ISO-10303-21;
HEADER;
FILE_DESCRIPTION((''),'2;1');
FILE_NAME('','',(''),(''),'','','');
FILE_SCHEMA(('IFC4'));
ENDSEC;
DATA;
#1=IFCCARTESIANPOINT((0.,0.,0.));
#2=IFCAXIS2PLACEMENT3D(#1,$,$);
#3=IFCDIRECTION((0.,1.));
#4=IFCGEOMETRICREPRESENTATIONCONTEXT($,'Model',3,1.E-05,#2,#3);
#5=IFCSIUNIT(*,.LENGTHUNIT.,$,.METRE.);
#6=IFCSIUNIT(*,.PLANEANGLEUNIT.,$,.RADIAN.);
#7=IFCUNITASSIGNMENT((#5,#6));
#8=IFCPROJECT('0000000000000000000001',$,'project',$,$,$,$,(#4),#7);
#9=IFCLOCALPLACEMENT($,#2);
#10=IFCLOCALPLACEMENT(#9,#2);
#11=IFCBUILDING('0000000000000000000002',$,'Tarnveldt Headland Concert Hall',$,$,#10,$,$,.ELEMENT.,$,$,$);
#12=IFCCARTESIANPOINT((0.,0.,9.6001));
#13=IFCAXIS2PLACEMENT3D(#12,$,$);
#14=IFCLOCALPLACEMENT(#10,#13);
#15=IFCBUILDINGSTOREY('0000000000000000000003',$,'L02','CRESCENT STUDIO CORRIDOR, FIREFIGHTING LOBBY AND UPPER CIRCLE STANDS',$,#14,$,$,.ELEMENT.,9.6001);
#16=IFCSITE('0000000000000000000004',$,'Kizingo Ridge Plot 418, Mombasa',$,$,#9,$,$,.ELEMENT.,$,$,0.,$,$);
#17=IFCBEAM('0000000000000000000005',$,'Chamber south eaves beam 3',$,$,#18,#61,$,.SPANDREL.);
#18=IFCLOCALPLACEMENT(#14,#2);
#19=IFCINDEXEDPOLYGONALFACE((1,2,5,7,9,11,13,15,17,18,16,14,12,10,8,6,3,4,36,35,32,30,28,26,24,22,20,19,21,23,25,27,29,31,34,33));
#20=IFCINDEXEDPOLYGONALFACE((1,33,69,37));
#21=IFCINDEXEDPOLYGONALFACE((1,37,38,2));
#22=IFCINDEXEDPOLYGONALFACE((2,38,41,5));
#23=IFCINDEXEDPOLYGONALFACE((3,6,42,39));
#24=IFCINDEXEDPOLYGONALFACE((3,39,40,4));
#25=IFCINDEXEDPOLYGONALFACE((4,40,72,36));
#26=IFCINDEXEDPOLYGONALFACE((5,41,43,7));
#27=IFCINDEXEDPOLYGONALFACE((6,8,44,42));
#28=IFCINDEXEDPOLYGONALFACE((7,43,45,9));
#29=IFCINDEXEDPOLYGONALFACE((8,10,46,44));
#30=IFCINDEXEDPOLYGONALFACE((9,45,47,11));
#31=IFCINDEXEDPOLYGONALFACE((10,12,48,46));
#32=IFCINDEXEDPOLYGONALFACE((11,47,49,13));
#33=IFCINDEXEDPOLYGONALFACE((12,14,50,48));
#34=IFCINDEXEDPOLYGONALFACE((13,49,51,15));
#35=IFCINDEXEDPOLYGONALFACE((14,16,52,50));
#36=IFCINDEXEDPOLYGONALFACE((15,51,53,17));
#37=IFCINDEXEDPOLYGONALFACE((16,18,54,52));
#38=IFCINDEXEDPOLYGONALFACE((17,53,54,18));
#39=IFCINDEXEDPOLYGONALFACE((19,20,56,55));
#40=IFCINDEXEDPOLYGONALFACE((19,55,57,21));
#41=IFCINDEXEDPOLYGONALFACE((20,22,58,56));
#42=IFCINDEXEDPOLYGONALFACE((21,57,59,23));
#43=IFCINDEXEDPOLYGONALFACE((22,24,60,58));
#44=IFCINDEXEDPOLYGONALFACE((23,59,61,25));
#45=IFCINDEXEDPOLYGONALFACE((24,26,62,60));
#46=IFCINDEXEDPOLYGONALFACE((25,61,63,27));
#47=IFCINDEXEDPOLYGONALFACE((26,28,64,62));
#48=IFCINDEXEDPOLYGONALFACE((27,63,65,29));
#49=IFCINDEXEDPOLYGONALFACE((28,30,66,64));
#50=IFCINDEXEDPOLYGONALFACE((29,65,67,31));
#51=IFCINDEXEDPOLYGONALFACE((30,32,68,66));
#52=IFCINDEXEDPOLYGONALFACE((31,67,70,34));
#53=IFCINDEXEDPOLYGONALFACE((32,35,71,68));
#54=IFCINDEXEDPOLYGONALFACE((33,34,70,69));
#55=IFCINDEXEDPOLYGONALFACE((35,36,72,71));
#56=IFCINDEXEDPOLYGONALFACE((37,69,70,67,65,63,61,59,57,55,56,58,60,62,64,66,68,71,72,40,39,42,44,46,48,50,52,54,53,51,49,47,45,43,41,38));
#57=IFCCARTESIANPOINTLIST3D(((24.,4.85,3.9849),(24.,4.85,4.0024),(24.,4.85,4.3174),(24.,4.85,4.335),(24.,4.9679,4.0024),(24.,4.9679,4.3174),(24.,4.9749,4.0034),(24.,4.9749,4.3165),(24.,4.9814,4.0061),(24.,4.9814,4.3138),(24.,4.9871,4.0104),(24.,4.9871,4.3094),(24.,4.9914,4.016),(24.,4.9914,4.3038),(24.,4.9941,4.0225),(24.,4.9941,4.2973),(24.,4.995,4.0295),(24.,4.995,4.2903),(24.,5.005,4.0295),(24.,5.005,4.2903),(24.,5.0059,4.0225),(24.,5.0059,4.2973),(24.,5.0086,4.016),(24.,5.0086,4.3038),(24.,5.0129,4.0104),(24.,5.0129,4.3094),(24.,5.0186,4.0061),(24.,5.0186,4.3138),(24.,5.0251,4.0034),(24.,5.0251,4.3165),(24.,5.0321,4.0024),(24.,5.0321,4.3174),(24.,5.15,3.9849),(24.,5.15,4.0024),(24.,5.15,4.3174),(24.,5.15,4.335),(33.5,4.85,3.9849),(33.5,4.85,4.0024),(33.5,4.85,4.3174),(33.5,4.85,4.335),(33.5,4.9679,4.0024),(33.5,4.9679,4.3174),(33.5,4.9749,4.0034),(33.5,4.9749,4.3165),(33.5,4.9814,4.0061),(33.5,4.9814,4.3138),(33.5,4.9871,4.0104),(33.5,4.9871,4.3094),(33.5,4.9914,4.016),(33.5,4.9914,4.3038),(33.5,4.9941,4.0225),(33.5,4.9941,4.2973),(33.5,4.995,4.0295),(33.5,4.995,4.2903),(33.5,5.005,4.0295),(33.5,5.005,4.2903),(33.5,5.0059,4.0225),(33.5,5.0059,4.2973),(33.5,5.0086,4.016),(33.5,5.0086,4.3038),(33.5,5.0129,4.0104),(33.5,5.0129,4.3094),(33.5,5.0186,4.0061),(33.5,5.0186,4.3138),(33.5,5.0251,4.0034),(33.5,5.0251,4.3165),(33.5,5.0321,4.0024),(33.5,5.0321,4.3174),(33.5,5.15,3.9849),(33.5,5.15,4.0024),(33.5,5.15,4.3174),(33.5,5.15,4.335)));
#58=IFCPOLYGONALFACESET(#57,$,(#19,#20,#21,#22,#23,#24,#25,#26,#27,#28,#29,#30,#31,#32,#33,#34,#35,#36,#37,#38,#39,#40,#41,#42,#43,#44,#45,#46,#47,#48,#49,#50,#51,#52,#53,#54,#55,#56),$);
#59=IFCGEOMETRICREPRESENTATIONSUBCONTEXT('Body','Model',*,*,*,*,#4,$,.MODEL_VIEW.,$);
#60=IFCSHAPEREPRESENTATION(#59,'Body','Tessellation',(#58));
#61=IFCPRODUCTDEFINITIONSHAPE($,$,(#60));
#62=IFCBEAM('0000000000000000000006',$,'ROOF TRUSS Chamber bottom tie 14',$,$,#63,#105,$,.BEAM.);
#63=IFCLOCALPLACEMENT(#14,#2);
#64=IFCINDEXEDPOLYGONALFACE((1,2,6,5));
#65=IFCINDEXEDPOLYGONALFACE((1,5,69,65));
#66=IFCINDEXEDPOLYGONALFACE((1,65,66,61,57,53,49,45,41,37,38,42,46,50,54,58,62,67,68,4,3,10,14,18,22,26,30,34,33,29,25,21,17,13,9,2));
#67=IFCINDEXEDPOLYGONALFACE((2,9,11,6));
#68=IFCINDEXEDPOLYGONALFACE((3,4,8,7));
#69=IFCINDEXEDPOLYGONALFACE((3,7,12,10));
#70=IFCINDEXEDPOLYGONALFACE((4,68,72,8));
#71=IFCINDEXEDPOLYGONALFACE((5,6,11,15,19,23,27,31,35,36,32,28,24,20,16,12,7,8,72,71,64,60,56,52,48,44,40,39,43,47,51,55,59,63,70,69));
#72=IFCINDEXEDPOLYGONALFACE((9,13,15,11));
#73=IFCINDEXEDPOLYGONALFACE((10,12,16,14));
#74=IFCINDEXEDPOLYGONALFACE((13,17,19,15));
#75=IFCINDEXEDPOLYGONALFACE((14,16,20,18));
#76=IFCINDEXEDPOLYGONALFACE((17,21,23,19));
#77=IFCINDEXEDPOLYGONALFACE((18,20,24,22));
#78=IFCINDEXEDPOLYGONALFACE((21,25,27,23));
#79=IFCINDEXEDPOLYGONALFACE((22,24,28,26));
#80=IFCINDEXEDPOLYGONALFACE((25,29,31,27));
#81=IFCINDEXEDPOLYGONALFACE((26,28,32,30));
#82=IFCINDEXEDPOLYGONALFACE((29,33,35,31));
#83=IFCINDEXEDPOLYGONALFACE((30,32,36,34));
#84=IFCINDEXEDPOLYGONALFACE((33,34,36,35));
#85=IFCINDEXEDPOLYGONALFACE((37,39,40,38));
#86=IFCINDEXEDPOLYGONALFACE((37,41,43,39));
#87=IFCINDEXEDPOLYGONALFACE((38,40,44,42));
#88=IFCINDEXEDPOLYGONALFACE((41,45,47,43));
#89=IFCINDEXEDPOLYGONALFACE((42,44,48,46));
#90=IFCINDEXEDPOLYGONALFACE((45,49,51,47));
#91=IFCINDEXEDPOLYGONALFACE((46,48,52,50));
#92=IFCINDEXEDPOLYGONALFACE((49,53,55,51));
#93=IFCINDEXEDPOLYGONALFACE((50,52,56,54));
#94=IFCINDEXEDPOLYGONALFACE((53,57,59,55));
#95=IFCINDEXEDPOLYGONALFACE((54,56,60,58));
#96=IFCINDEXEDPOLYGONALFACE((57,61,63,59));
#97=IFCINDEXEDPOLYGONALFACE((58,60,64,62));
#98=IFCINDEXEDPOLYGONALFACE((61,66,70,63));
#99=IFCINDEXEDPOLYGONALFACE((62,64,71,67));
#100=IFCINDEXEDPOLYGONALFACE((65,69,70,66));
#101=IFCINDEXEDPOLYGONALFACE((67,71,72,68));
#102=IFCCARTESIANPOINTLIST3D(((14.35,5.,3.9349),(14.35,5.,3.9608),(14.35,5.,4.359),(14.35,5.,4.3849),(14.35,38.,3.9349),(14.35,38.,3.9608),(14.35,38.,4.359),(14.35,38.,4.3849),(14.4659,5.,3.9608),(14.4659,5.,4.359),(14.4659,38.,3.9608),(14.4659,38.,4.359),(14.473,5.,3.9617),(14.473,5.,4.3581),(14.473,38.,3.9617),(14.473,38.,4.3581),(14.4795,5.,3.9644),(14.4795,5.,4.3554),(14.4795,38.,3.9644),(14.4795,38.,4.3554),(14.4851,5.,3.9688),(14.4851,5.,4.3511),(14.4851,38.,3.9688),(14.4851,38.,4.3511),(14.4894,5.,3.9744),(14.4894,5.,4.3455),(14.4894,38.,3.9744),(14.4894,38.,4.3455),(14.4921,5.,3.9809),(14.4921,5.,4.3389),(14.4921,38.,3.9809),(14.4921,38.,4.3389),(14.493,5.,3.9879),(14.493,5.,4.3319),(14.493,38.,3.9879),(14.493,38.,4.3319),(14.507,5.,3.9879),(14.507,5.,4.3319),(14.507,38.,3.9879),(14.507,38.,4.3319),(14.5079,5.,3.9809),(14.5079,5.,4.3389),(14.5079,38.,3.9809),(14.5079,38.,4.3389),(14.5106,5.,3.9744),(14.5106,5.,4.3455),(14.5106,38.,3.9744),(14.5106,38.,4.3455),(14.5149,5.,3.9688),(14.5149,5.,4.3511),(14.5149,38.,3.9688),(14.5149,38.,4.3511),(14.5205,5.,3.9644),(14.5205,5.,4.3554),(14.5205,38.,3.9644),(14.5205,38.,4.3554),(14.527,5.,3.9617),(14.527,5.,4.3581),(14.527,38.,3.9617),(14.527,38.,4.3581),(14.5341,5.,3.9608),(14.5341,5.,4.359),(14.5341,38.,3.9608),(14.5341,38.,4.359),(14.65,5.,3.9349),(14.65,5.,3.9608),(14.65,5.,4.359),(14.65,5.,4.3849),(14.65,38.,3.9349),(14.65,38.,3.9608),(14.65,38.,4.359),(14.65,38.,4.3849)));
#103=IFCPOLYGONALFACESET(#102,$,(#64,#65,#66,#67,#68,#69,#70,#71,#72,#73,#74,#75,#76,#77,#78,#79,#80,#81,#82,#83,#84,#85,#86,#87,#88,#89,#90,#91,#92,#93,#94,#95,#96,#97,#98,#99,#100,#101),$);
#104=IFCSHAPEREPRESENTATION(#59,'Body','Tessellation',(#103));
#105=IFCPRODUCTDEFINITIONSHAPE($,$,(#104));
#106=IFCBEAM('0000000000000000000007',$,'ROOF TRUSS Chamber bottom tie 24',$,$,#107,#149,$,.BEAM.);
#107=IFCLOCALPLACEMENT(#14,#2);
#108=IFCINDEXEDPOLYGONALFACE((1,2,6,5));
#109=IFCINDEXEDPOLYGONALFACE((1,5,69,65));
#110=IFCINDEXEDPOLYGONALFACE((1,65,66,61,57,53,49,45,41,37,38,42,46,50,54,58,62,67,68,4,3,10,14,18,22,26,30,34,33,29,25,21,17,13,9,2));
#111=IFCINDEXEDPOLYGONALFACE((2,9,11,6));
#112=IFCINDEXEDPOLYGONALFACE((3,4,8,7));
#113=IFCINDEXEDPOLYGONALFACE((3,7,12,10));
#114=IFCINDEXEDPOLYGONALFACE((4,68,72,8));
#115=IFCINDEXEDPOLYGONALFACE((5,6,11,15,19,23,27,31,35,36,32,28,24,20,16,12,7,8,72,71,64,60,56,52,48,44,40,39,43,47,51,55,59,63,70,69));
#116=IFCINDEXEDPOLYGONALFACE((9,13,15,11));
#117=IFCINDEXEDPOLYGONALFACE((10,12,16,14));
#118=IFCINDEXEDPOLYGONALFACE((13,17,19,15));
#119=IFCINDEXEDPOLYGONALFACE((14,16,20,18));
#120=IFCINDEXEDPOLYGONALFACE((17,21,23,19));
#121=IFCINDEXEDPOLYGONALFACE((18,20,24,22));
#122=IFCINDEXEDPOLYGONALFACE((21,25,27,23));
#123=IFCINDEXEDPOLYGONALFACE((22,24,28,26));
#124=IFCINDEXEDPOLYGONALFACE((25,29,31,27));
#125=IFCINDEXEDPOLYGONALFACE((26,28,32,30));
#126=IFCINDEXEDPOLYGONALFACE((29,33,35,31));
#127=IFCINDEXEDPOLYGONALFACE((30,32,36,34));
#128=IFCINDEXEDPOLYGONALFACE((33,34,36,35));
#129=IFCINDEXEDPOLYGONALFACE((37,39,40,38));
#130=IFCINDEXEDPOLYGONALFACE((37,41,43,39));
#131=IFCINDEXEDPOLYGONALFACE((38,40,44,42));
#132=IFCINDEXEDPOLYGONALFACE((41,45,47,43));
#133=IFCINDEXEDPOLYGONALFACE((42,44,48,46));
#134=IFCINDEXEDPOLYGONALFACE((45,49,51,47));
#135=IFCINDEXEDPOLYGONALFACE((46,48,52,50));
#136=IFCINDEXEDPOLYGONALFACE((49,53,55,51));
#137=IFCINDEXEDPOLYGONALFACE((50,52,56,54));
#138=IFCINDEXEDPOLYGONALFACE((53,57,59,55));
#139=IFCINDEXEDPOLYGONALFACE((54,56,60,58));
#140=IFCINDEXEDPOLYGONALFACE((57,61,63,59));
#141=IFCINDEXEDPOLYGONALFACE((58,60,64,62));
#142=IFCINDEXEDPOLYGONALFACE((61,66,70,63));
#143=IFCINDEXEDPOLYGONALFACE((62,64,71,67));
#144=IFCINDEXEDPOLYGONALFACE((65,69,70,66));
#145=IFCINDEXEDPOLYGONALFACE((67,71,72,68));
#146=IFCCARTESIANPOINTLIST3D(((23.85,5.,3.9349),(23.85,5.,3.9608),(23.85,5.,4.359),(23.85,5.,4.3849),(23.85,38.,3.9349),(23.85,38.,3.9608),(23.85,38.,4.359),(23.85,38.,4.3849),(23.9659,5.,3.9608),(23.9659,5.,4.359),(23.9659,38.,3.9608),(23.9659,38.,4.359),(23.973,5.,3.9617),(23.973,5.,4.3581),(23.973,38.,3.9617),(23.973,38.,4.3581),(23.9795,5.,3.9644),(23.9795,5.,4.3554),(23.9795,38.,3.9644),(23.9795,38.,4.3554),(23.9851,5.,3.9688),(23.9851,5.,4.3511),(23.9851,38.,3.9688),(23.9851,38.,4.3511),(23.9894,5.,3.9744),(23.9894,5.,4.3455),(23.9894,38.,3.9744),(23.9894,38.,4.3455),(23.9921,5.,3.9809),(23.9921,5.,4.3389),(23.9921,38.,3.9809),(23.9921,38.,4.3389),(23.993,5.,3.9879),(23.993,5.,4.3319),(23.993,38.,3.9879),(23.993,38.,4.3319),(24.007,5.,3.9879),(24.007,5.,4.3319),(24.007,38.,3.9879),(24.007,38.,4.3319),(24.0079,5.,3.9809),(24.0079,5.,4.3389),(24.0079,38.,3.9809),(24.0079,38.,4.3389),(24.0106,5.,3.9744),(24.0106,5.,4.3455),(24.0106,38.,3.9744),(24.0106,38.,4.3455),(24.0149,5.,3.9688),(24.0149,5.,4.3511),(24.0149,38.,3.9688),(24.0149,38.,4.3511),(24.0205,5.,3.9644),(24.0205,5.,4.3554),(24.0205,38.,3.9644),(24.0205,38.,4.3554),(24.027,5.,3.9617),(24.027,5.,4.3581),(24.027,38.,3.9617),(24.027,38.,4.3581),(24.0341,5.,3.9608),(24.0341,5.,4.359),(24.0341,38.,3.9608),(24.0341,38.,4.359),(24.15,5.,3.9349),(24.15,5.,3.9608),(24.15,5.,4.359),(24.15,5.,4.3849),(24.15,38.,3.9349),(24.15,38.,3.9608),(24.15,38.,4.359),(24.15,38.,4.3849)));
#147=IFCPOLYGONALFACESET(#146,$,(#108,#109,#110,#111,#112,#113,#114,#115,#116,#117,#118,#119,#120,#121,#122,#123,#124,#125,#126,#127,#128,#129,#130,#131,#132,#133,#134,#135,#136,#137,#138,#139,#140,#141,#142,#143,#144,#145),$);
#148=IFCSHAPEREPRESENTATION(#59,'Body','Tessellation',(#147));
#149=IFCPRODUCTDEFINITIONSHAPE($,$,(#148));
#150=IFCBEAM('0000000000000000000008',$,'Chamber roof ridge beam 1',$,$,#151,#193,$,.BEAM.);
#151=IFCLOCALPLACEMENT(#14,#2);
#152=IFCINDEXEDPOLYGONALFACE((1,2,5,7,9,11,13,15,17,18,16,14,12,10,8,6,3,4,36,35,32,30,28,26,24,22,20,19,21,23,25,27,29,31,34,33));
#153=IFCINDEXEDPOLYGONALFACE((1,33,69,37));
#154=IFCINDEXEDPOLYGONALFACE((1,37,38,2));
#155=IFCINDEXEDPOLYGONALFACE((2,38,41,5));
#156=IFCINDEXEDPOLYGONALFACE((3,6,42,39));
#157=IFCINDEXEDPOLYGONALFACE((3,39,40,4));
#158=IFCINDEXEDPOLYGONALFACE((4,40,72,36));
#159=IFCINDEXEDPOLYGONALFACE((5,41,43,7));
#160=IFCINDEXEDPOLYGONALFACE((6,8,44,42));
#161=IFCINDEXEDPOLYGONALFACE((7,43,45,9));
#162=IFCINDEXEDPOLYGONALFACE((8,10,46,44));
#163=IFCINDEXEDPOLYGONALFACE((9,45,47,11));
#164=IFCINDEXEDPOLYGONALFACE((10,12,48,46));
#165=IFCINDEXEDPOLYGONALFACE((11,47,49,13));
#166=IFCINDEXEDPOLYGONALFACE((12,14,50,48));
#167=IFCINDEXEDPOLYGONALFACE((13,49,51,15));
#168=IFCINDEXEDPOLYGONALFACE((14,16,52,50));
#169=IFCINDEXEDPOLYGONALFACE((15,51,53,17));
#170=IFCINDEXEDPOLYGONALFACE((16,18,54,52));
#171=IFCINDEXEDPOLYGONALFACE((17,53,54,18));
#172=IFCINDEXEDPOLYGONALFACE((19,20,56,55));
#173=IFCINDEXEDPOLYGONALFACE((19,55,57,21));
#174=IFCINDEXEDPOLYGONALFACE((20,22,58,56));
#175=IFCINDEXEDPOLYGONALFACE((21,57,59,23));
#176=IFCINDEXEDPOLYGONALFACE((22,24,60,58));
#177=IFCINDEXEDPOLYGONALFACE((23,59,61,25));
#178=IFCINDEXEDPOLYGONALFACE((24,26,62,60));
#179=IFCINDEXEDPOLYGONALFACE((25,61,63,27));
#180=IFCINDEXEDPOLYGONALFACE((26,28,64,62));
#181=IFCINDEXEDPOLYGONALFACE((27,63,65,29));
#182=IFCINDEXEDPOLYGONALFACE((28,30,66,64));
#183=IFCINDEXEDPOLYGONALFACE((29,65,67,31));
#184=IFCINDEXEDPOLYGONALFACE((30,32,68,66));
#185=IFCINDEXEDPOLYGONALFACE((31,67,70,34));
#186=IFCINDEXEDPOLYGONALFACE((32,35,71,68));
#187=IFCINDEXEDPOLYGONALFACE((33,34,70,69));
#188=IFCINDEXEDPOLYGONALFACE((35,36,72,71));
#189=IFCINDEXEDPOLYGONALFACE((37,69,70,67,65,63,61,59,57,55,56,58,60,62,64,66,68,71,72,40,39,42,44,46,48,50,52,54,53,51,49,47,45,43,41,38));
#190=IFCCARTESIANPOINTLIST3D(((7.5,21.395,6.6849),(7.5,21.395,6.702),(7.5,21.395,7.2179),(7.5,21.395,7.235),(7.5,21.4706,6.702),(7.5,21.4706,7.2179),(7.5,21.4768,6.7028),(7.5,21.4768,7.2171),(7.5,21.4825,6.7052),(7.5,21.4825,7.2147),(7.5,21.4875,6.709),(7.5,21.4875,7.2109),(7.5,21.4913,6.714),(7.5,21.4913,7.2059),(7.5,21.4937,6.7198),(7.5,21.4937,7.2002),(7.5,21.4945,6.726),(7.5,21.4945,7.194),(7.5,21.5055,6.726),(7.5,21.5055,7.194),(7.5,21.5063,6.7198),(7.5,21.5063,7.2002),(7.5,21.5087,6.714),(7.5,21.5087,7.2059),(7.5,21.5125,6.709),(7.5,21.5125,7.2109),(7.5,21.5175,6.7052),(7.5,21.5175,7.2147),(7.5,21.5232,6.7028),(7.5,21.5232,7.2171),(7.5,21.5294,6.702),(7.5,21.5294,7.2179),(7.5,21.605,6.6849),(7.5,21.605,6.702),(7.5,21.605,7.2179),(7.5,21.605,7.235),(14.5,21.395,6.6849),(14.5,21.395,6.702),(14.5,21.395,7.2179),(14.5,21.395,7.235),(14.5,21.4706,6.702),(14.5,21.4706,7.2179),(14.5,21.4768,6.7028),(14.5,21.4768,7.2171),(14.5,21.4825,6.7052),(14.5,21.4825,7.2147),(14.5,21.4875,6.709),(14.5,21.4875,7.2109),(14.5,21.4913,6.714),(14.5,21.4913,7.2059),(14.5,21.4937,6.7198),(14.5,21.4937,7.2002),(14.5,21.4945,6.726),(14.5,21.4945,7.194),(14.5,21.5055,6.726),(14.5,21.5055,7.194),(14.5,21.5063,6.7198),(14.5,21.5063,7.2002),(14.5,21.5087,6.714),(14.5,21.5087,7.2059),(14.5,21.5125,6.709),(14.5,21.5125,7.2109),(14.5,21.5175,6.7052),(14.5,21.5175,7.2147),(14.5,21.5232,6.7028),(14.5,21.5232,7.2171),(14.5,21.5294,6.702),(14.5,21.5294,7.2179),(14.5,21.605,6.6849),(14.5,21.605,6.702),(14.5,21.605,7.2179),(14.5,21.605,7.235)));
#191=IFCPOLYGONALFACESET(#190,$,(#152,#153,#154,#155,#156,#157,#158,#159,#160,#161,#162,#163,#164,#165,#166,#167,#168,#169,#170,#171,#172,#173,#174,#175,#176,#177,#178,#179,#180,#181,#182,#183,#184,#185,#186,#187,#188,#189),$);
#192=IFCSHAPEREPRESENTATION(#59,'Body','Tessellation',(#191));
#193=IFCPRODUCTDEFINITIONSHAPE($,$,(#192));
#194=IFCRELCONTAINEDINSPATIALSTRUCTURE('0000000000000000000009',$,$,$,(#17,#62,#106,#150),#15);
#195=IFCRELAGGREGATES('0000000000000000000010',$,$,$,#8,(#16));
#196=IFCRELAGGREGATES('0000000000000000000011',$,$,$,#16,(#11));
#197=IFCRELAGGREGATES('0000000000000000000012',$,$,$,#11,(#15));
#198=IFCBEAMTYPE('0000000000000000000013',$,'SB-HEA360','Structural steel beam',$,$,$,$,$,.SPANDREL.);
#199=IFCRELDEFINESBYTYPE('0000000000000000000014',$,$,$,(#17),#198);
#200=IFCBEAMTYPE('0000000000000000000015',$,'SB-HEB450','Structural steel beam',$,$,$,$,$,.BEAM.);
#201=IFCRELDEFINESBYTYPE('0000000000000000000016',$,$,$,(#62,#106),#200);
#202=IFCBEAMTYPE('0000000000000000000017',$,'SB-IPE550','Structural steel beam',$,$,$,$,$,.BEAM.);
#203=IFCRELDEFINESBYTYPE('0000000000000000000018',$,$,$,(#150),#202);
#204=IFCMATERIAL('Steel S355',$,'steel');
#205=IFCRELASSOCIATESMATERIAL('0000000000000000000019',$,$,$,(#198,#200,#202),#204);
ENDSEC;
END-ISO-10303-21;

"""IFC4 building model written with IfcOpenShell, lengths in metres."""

from ifc_helpers import new_model, si_unit, direction, frame, origin, origin_2d, place, context, subcontext, project, spatial, i_section, extrude, material, material_profile, profile_set, type_object, element, save


model = new_model("IFC4")

# Units and contexts
model_context = context("Model", 3, precision=1e-05, world=origin(), true_north=direction((0.0, 1.0)))
body_context = subcontext(model_context, "Body", "Model", "MODEL_VIEW")
ifc_project = project(units=[si_unit("LENGTHUNIT", "METRE"), si_unit("PLANEANGLEUNIT", "RADIAN")], contexts=[model_context])

# Site, building, storey
site_placement = place(None, origin())
site = spatial("IfcSite", under=ifc_project, at=site_placement, Name="Kizingo Ridge Plot 418, Mombasa", CompositionType="ELEMENT", RefElevation=0.0)
building_placement = place(site_placement, origin())
building = spatial("IfcBuilding", under=site, at=building_placement, Name="Tarnveldt Headland Concert Hall", CompositionType="ELEMENT")
storey_placement = place(building_placement, frame((0.0, 0.0, 9.6001)))
storey = spatial("IfcBuildingStorey", under=building, at=storey_placement, Name="L02", Description="CRESCENT STUDIO CORRIDOR, FIREFIGHTING LOBBY AND UPPER CIRCLE STANDS", CompositionType="ELEMENT", Elevation=9.6001)

# Shared definitions
ifc_material_1 = material(Name="Steel S355", Category="steel")

# Beams
ifc_material_profile_1 = material_profile(ifc_material_1, i_section(OverallWidth=0.3, OverallDepth=0.3501, WebThickness=0.01, FlangeThickness=0.0176, FilletRadius=0.0271, at=origin_2d()), Name="HEA360", Category="steel")
ifc_profile_set_1 = profile_set([ifc_material_profile_1], Name="Steel S355")
beam_type_1 = type_object("IfcBeamType", Name="SB-HEA360", Description="Structural steel beam", PredefinedType="SPANDREL", material=ifc_profile_set_1)
for number, where, z_axis, x_axis, name in (
    (1, (24.0, 5.0, 4.1599), (1.0, 0.0, 0.0), (0.0, 1.0, 0.0), "Chamber south eaves beam 3"),
):
    element("IfcBeam", number, at=place(storey_placement, frame(where, z_axis=z_axis, x_axis=x_axis)), inside=storey, type_object=beam_type_1, Name=name, PredefinedType="SPANDREL", context=body_context, shape_type="SweptSolid", body=[
        extrude(i_section(OverallWidth=0.3, OverallDepth=0.3501, WebThickness=0.01, FlangeThickness=0.0176, FilletRadius=0.0271, at=origin_2d()), origin(), (0.0, 0.0, 1.0), 9.5),
    ])
ifc_material_profile_2 = material_profile(ifc_material_1, i_section(OverallWidth=0.3, OverallDepth=0.45, WebThickness=0.0139, FlangeThickness=0.0259, FilletRadius=0.0271, at=origin_2d()), Name="HEB450", Category="steel")
ifc_profile_set_2 = profile_set([ifc_material_profile_2], Name="Steel S355")
beam_type_2 = type_object("IfcBeamType", Name="SB-HEB450", Description="Structural steel beam", PredefinedType="BEAM", material=ifc_profile_set_2)
for number, where, z_axis, x_axis, name in (
    (2, (14.5, 5.0, 4.1599), (0.0, 1.0, 0.0), (-1.0, 0.0, 0.0), "ROOF TRUSS Chamber bottom tie 14"),
    (3, (24.0, 5.0, 4.1599), (0.0, 1.0, 0.0), (-1.0, 0.0, 0.0), "ROOF TRUSS Chamber bottom tie 24"),
):
    element("IfcBeam", number, at=place(storey_placement, frame(where, z_axis=z_axis, x_axis=x_axis)), inside=storey, type_object=beam_type_2, Name=name, PredefinedType="BEAM", context=body_context, shape_type="SweptSolid", body=[
        extrude(i_section(OverallWidth=0.3, OverallDepth=0.45, WebThickness=0.0139, FlangeThickness=0.0259, FilletRadius=0.0271, at=origin_2d()), origin(), (0.0, 0.0, 1.0), 33.0),
    ])
ifc_material_profile_3 = material_profile(ifc_material_1, i_section(OverallWidth=0.21, OverallDepth=0.55, WebThickness=0.011, FlangeThickness=0.0171, FilletRadius=0.0239, at=origin_2d()), Name="IPE550", Category="steel")
ifc_profile_set_3 = profile_set([ifc_material_profile_3], Name="Steel S355")
beam_type_3 = type_object("IfcBeamType", Name="SB-IPE550", Description="Structural steel beam", PredefinedType="BEAM", material=ifc_profile_set_3)
beam_placement = place(storey_placement, frame((7.5, 21.5, 6.96), z_axis=(1.0, 0.0, 0.0), x_axis=(0.0, 1.0, 0.0)))
element("IfcBeam", 4, at=beam_placement, inside=storey, type_object=beam_type_3, Name="Chamber roof ridge beam 1", PredefinedType="BEAM", context=body_context, shape_type="SweptSolid", body=[
    extrude(i_section(OverallWidth=0.21, OverallDepth=0.55, WebThickness=0.011, FlangeThickness=0.0171, FilletRadius=0.0239, at=origin_2d()), origin(), (0.0, 0.0, 1.0), 7.0),
])

save(model, "model.ifc")
